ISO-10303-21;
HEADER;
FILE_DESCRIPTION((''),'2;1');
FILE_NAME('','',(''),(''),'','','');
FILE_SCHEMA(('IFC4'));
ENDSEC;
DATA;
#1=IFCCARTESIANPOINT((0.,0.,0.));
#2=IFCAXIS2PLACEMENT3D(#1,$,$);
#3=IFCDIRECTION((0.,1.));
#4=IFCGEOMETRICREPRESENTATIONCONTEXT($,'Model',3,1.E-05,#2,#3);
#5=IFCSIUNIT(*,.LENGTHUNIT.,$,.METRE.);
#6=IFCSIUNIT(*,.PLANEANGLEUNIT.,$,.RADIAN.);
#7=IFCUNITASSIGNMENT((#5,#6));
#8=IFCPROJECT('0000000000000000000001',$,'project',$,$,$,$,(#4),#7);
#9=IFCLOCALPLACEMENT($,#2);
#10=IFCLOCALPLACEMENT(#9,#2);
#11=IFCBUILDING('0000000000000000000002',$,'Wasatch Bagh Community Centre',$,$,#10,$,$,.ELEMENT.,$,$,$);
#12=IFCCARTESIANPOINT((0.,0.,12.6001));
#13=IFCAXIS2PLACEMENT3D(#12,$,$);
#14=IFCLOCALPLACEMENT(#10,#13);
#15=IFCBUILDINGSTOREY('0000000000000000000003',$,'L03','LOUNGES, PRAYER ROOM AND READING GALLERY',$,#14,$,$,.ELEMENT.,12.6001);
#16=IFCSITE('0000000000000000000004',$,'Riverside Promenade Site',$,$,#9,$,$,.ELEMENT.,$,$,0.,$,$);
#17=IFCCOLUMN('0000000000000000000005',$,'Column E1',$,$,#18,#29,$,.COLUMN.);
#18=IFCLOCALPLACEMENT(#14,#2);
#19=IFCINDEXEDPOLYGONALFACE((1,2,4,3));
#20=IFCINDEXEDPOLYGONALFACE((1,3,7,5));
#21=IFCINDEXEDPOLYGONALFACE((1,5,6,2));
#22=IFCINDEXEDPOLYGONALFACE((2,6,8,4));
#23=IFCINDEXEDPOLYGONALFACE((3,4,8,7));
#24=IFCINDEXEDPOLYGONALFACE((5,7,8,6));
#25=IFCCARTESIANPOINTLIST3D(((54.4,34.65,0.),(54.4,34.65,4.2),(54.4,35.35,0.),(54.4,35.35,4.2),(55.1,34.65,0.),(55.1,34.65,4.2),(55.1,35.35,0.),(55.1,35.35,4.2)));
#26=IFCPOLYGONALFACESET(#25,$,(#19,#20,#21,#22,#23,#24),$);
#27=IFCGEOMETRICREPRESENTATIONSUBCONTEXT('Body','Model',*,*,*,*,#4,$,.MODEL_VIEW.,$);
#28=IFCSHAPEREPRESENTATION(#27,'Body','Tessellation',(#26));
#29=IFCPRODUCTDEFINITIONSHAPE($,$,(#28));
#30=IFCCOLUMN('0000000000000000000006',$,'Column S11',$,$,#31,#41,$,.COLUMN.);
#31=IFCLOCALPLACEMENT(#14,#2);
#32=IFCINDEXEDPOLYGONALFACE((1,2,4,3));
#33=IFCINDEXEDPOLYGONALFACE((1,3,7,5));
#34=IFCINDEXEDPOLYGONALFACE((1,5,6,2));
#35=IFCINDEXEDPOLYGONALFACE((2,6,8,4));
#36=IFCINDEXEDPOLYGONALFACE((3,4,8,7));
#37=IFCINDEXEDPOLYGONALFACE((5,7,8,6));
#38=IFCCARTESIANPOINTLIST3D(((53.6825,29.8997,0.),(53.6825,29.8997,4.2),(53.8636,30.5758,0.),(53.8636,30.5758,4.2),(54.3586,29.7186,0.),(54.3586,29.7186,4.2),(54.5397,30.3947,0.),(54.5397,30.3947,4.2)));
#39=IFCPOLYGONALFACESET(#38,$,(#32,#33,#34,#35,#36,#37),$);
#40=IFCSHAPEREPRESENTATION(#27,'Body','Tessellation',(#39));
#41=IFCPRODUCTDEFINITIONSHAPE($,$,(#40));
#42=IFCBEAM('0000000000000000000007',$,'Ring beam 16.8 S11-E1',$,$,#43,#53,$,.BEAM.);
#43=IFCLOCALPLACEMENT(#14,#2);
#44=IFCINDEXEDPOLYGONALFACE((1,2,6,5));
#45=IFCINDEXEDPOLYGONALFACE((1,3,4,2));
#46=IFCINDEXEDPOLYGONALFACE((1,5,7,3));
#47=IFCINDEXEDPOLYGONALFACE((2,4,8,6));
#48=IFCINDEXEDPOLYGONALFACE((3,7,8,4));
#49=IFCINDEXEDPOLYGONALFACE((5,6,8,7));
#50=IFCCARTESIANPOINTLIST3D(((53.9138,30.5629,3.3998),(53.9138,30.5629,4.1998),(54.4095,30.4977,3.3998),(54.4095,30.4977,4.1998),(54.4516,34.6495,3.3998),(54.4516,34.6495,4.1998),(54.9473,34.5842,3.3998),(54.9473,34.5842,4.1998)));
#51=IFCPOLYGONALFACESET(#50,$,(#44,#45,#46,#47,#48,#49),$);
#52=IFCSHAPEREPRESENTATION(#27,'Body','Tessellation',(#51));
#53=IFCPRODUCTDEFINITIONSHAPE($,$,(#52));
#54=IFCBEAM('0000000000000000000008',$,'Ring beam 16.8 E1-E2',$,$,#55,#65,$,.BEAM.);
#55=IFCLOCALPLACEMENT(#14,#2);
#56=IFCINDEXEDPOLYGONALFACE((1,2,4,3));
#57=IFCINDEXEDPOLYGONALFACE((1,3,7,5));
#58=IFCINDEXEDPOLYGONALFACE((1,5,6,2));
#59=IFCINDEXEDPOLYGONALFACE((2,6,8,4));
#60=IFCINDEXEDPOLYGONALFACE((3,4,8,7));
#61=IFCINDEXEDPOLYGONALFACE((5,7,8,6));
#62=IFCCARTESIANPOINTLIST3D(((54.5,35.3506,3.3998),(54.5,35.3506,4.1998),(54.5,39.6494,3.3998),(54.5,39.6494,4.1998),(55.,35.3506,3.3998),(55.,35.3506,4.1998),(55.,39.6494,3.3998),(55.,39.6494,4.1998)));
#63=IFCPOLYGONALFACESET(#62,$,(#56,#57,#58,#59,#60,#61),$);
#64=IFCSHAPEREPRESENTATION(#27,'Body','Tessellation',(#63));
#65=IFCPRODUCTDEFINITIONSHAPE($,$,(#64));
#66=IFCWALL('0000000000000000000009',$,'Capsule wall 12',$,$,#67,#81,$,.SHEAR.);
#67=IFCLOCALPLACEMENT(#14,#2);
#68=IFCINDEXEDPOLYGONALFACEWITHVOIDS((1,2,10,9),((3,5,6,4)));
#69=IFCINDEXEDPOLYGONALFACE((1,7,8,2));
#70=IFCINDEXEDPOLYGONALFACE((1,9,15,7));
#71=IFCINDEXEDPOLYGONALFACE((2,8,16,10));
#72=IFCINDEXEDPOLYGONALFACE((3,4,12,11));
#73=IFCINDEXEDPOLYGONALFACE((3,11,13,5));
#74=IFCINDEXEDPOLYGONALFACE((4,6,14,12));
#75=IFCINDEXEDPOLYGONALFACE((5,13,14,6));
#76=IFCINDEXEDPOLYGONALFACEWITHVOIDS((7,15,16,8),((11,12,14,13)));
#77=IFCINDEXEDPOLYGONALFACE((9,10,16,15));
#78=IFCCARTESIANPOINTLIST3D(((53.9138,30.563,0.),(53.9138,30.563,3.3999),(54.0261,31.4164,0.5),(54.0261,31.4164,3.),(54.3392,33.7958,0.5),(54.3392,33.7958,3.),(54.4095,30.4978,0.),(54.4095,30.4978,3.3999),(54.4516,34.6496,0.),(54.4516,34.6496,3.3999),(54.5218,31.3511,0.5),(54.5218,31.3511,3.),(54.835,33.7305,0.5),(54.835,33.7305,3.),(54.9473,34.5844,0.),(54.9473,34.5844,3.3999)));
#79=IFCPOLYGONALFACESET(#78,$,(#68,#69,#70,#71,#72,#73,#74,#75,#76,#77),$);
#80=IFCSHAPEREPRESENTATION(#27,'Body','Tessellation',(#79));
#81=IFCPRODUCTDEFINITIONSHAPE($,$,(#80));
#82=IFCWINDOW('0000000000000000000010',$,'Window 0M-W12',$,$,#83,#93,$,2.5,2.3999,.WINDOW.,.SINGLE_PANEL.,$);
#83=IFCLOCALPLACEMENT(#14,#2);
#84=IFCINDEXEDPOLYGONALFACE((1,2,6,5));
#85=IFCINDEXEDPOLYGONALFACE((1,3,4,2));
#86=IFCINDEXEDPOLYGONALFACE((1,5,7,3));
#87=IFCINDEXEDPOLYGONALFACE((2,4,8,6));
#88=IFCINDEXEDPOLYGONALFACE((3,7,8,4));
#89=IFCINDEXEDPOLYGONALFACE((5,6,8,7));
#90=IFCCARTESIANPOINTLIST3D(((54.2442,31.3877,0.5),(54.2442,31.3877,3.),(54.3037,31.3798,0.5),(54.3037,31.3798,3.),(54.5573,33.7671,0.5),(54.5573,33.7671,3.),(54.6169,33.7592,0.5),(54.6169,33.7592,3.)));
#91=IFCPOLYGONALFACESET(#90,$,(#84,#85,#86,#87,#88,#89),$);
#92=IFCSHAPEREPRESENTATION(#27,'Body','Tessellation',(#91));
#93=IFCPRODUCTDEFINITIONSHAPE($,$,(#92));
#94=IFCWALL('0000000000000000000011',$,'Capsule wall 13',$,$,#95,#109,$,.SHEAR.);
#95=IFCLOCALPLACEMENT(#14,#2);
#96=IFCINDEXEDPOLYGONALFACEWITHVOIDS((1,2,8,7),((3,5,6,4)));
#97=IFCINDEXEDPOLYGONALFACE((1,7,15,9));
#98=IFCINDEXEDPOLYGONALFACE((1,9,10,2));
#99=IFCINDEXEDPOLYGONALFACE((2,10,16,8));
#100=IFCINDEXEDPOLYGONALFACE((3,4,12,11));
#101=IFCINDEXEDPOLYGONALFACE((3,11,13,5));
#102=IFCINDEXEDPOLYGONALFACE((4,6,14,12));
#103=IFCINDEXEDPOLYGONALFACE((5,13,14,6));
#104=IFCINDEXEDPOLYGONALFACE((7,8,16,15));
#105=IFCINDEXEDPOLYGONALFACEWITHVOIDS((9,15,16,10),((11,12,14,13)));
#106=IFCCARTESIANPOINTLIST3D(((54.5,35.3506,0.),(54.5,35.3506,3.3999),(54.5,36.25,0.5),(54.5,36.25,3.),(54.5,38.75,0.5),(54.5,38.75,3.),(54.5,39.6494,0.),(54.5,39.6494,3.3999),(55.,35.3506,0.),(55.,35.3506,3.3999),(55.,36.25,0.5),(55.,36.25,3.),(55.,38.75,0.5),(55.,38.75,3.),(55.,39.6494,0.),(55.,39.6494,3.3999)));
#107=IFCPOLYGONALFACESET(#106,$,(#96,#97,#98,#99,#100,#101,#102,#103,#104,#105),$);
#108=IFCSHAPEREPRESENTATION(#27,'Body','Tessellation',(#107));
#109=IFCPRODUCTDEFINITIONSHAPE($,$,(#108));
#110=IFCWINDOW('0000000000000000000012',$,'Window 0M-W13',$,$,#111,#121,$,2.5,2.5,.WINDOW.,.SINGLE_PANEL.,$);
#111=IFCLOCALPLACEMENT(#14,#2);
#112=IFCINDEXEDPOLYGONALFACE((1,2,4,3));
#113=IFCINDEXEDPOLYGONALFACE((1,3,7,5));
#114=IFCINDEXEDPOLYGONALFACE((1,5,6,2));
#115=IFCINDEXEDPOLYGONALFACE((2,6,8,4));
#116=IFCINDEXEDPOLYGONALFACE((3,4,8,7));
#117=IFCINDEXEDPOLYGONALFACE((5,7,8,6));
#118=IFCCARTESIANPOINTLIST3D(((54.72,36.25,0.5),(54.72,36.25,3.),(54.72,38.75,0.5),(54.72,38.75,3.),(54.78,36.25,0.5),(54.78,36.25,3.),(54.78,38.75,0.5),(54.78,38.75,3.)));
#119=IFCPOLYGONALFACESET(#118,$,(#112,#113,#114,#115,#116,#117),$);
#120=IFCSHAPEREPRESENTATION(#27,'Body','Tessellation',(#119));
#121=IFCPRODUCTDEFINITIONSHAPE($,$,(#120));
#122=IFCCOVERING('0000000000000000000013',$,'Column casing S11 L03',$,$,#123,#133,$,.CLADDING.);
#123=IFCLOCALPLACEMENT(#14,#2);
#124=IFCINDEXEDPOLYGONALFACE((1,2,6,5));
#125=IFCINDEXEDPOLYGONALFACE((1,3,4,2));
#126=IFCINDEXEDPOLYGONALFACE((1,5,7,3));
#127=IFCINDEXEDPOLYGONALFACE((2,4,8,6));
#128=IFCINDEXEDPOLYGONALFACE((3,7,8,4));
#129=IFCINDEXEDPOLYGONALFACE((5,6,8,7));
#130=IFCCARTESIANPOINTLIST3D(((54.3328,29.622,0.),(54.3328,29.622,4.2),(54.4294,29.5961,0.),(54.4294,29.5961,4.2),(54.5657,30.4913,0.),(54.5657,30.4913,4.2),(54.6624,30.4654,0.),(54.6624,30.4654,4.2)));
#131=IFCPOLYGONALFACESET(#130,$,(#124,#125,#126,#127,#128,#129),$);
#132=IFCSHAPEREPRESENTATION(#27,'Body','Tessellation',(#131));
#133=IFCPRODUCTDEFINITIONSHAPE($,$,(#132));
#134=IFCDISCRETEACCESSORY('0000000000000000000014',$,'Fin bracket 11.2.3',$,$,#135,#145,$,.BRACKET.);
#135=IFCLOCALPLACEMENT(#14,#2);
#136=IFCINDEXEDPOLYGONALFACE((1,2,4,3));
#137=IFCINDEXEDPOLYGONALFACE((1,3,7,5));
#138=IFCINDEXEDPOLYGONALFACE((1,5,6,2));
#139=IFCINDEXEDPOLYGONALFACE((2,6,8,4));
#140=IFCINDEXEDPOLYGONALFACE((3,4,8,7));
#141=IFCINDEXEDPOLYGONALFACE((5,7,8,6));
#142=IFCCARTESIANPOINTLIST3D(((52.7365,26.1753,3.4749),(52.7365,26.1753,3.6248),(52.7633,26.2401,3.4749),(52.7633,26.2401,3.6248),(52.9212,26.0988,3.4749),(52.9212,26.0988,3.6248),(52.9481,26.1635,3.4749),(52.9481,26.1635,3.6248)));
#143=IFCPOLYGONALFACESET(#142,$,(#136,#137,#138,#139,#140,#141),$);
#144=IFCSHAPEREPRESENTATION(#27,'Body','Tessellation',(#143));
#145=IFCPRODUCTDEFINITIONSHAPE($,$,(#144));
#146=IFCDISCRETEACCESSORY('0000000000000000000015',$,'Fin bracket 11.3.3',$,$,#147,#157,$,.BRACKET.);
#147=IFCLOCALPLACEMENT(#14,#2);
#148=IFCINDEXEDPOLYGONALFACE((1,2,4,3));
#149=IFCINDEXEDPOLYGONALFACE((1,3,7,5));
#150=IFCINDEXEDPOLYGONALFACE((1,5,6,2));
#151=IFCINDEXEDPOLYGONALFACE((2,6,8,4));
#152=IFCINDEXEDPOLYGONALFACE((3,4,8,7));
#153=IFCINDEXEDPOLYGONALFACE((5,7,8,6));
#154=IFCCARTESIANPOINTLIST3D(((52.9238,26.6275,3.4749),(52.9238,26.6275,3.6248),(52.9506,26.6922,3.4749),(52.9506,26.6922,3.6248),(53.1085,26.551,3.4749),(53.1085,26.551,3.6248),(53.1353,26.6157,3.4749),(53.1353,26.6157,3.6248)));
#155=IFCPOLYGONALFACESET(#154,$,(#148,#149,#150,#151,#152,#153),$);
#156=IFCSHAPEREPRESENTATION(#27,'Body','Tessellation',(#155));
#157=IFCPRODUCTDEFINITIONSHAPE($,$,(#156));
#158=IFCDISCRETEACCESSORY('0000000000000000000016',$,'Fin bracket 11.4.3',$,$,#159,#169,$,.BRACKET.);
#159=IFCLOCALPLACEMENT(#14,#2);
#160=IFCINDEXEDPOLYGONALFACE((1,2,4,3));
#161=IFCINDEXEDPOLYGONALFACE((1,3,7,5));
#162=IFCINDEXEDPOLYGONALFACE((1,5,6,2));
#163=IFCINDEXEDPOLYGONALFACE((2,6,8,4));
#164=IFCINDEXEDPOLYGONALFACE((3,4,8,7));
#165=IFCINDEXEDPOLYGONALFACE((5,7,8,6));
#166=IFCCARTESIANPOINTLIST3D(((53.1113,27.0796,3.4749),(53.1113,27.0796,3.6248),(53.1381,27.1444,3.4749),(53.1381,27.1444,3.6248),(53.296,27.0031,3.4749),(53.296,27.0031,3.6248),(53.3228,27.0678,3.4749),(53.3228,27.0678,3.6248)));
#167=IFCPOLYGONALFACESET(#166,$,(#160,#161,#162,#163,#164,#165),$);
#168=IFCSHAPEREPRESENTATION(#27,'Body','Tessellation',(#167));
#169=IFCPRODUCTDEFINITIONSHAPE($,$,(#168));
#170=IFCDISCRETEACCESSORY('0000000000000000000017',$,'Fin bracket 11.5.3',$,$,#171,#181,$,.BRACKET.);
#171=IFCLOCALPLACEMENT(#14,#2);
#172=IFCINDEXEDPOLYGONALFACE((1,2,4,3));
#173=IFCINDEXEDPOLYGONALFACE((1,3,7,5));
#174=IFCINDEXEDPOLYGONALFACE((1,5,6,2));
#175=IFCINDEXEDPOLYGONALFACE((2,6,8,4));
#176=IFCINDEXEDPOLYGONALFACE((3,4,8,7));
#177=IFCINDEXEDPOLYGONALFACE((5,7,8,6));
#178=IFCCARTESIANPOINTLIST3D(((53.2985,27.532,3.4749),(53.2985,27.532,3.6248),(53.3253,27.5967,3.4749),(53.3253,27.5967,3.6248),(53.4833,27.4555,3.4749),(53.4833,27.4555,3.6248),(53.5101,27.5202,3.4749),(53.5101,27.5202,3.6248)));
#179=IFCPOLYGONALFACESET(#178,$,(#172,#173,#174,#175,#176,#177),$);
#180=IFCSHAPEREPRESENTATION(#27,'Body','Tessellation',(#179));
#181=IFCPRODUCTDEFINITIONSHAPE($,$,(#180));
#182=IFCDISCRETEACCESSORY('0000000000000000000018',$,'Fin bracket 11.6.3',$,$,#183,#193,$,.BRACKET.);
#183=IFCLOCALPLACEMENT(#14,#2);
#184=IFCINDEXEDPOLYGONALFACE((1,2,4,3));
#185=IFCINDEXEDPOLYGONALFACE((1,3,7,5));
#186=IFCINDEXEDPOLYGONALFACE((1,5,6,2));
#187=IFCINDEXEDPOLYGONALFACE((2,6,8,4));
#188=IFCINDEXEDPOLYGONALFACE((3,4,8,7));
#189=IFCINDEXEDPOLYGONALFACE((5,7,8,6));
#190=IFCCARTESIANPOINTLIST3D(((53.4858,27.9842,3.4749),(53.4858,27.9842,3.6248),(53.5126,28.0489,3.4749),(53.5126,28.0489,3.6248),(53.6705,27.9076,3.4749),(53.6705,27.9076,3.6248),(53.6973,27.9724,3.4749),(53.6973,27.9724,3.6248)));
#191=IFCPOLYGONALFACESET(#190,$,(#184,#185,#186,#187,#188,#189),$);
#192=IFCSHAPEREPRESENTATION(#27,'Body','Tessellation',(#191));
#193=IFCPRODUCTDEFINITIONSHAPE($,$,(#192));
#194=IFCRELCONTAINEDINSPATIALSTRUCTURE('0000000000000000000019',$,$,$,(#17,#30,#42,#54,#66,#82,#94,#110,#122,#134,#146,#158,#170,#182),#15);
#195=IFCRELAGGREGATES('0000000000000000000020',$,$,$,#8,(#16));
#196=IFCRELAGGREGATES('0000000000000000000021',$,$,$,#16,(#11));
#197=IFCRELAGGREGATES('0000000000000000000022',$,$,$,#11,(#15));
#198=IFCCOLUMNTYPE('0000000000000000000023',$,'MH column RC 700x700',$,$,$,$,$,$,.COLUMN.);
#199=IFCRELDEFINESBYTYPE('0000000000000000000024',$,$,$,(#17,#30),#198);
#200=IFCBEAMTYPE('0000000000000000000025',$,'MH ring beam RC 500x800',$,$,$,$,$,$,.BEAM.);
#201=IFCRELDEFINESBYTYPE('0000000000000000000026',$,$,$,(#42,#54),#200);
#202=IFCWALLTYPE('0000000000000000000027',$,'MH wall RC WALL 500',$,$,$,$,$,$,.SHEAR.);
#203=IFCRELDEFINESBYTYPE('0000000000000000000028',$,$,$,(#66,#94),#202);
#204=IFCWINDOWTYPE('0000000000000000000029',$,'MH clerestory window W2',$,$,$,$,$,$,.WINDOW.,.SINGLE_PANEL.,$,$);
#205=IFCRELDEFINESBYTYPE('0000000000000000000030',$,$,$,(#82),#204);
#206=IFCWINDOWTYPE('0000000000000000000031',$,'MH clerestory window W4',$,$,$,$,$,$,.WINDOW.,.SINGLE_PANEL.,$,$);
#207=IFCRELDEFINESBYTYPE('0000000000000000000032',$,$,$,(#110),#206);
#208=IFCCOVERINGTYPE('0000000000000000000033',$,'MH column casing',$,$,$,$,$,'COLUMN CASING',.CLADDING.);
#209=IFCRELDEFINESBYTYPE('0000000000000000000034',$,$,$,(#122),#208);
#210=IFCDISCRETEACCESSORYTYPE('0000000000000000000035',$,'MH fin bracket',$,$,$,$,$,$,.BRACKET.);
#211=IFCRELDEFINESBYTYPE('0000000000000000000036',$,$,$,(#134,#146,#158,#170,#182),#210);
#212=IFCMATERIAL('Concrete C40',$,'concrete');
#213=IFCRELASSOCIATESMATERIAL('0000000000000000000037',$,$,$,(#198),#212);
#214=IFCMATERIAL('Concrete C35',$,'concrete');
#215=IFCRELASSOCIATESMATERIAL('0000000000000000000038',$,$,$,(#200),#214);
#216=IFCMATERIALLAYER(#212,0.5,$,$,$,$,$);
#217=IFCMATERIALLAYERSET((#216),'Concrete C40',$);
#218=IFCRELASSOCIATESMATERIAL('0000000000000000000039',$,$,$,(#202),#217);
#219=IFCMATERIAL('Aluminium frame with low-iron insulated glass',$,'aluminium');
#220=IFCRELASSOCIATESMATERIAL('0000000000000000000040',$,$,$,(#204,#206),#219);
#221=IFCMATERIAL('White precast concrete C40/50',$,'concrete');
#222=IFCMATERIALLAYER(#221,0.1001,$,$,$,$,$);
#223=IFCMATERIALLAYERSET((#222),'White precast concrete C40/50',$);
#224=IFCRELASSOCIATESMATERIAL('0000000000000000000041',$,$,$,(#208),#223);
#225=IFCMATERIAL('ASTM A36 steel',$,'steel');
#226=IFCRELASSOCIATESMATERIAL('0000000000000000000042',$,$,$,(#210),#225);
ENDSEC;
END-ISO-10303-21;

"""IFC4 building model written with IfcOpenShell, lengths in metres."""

from ifc_helpers import new_model, si_unit, direction, frame, frame_2d, origin, origin_2d, place, context, subcontext, project, spatial, rectangle, extrude, material, layer, layer_set, material_profile, profile_set, type_object, element, fill, save


model = new_model("IFC4")

# Units and contexts
model_context = context("Model", 3, precision=1e-05, world=origin(), true_north=direction((0.0, 1.0)))
body_context = subcontext(model_context, "Body", "Model", "MODEL_VIEW")
ifc_project = project(units=[si_unit("LENGTHUNIT", "METRE"), si_unit("PLANEANGLEUNIT", "RADIAN")], contexts=[model_context])

# Site, building, storey
site_placement = place(None, origin())
site = spatial("IfcSite", under=ifc_project, at=site_placement, Name="Riverside Promenade Site", CompositionType="ELEMENT", RefElevation=0.0)
building_placement = place(site_placement, origin())
building = spatial("IfcBuilding", under=site, at=building_placement, Name="Wasatch Bagh Community Centre", CompositionType="ELEMENT")
storey_placement = place(building_placement, frame((0.0, 0.0, 12.6001)))
storey = spatial("IfcBuildingStorey", under=building, at=storey_placement, Name="L03", Description="LOUNGES, PRAYER ROOM AND READING GALLERY", CompositionType="ELEMENT", Elevation=12.6001)

# Columns
ifc_material_1 = material(Name="Concrete C40", Category="concrete")
ifc_material_profile_1 = material_profile(ifc_material_1, rectangle(XDim=0.7, YDim=0.7, at=origin_2d()), Name="RC 700x700")
ifc_profile_set_1 = profile_set([ifc_material_profile_1], Name="Concrete C40")
column_type = type_object("IfcColumnType", Name="MH column RC 700x700", PredefinedType="COLUMN", material=ifc_profile_set_1)
for number, where, z_axis, x_axis, name in (
    (1, (54.75, 35.0, 0.0), (0.0, 0.0, 1.0), (1.0, 0.0, 0.0), "Column E1"),
    (2, (54.1111, 30.1472, 0.0), (0.0, 0.0, 1.0), (0.258819, 0.965926, 0.0), "Column S11"),
):
    element("IfcColumn", number, at=place(storey_placement, frame(where, z_axis=z_axis, x_axis=x_axis)), inside=storey, type_object=column_type, Name=name, PredefinedType="COLUMN", context=body_context, shape_type="SweptSolid", body=[
        extrude(rectangle(XDim=0.7, YDim=0.7, at=origin_2d()), origin(), (0.0, 0.0, 1.0), 4.2),
    ])

# Beams
ifc_material_2 = material(Name="Concrete C35", Category="concrete")
ifc_material_profile_2 = material_profile(ifc_material_2, rectangle(XDim=0.5, YDim=0.8, at=origin_2d()), Name="RC 500x800")
ifc_profile_set_2 = profile_set([ifc_material_profile_2], Name="Concrete C35")
beam_type = type_object("IfcBeamType", Name="MH ring beam RC 500x800", PredefinedType="BEAM", material=ifc_profile_set_2)
beam_1_placement = place(storey_placement, frame((54.1616, 30.5303, 3.7998), z_axis=(0.130484, 0.99145, 0.0), x_axis=(-0.99145, 0.130484, 0.0)))
element("IfcBeam", 3, at=beam_1_placement, inside=storey, type_object=beam_type, Name="Ring beam 16.8 S11-E1", PredefinedType="BEAM", context=body_context, shape_type="SweptSolid", body=[
    extrude(rectangle(XDim=0.5, YDim=0.8, at=origin_2d()), origin(), (0.0, 0.0, 1.0), 4.1218),
])
beam_2_placement = place(storey_placement, frame((54.75, 35.3506, 3.7998), z_axis=(0.0, 1.0, 0.0), x_axis=(-1.0, 0.0, 0.0)))
element("IfcBeam", 4, at=beam_2_placement, inside=storey, type_object=beam_type, Name="Ring beam 16.8 E1-E2", PredefinedType="BEAM", context=body_context, shape_type="SweptSolid", body=[
    extrude(rectangle(XDim=0.5, YDim=0.8, at=origin_2d()), origin(), (0.0, 0.0, 1.0), 4.2988),
])

# Walls, openings, windows
ifc_layer_1 = layer(ifc_material_1, 0.5)
ifc_layer_set_1 = layer_set([ifc_layer_1], Name="Concrete C40")
wall_type = type_object("IfcWallType", Name="MH wall RC WALL 500", PredefinedType="SHEAR", material=ifc_layer_set_1)
wall_1_placement = place(storey_placement, frame((54.1616, 30.5303, 0.0), z_axis=(0.0, 0.0, 1.0), x_axis=(0.130484, 0.99145, 0.0)))
wall_1 = element("IfcWall", 5, at=wall_1_placement, inside=storey, type_object=wall_type, Name="Capsule wall 12", PredefinedType="SHEAR", context=body_context, shape_type="SweptSolid", body=[
    extrude(rectangle(XDim=4.1218, YDim=0.5, at=frame_2d((2.061, 0.0))), origin(), (0.0, 0.0, 1.0), 3.3999),
])
opening_1_placement = place(wall_1_placement, frame((0.8608, 0.0, 0.5)))
opening_1 = element("IfcOpeningElement", 6, at=opening_1_placement, cuts=wall_1, PredefinedType="OPENING", context=body_context, shape_type="SweptSolid", body=[
    extrude(rectangle(XDim=2.3999, YDim=2.5, at=frame_2d((1.2, 1.25))), frame((0.0, 0.26, 0.0), z_axis=(0.0, -1.0, 0.0), x_axis=(1.0, 0.0, 0.0)), (0.0, 0.0, 1.0), 0.52),
])
ifc_material_3 = material(Name="Aluminium frame with low-iron insulated glass", Category="aluminium")
window_type_1 = type_object("IfcWindowType", Name="MH clerestory window W2", PartitioningType="SINGLE_PANEL", PredefinedType="WINDOW", material=ifc_material_3)
window_1_placement = place(opening_1_placement, origin())
window_1 = element("IfcWindow", 7, at=window_1_placement, inside=storey, type_object=window_type_1, Name="Window 0M-W12", OverallHeight=2.5, OverallWidth=2.3999, PartitioningType="SINGLE_PANEL", PredefinedType="WINDOW", context=body_context, shape_type="SweptSolid", body=[
    extrude(rectangle(XDim=2.3999, YDim=2.5, at=frame_2d((1.2, 1.25))), frame((0.0, 0.03, 0.0), z_axis=(0.0, -1.0, 0.0), x_axis=(1.0, 0.0, 0.0)), (0.0, 0.0, 1.0), 0.0601),
])
fill(opening_1, window_1)
wall_2_placement = place(storey_placement, frame((54.75, 35.3506, 0.0), z_axis=(0.0, 0.0, 1.0), x_axis=(0.0, 1.0, 0.0)))
wall_2 = element("IfcWall", 8, at=wall_2_placement, inside=storey, type_object=wall_type, Name="Capsule wall 13", PredefinedType="SHEAR", context=body_context, shape_type="SweptSolid", body=[
    extrude(rectangle(XDim=4.2988, YDim=0.5, at=frame_2d((2.1494, 0.0))), origin(), (0.0, 0.0, 1.0), 3.3999),
])
opening_2_placement = place(wall_2_placement, frame((0.8994, 0.0, 0.5)))
opening_2 = element("IfcOpeningElement", 9, at=opening_2_placement, cuts=wall_2, PredefinedType="OPENING", context=body_context, shape_type="SweptSolid", body=[
    extrude(rectangle(XDim=2.5, YDim=2.5, at=frame_2d((1.25, 1.25))), frame((0.0, 0.26, 0.0), z_axis=(0.0, -1.0, 0.0), x_axis=(1.0, 0.0, 0.0)), (0.0, 0.0, 1.0), 0.52),
])
window_type_2 = type_object("IfcWindowType", Name="MH clerestory window W4", PartitioningType="SINGLE_PANEL", PredefinedType="WINDOW", material=ifc_material_3)
window_2_placement = place(opening_2_placement, origin())
window_2 = element("IfcWindow", 10, at=window_2_placement, inside=storey, type_object=window_type_2, Name="Window 0M-W13", OverallHeight=2.5, OverallWidth=2.5, PartitioningType="SINGLE_PANEL", PredefinedType="WINDOW", context=body_context, shape_type="SweptSolid", body=[
    extrude(rectangle(XDim=2.5, YDim=2.5, at=frame_2d((1.25, 1.25))), frame((0.0, 0.03, 0.0), z_axis=(0.0, -1.0, 0.0), x_axis=(1.0, 0.0, 0.0)), (0.0, 0.0, 1.0), 0.0601),
])
fill(opening_2, window_2)

# Covering
ifc_material_4 = material(Name="White precast concrete C40/50", Category="concrete")
ifc_layer_2 = layer(ifc_material_4, 0.1001)
ifc_layer_set_2 = layer_set([ifc_layer_2], Name="White precast concrete C40/50")
covering_type = type_object("IfcCoveringType", Name="MH column casing", ElementType="COLUMN CASING", PredefinedType="CLADDING", material=ifc_layer_set_2)
covering_placement = place(storey_placement, frame((54.4976, 30.0437, 0.0), z_axis=(0.0, 0.0, 1.0), x_axis=(0.258819, 0.965926, 0.0)))
element("IfcCovering", 11, at=covering_placement, inside=storey, type_object=covering_type, Name="Column casing S11 L03", PredefinedType="CLADDING", context=body_context, shape_type="SweptSolid", body=[
    extrude(rectangle(XDim=0.8999, YDim=0.1001, at=origin_2d()), origin(), (0.0, 0.0, 1.0), 4.2),
])

# Discrete accessories
ifc_material_5 = material(Name="ASTM A36 steel", Category="steel")
discrete_accessory_type = type_object("IfcDiscreteAccessoryType", Name="MH fin bracket", PredefinedType="BRACKET", material=ifc_material_5)
for number, where, z_axis, x_axis, name in (
    (12, (52.8423, 26.1694, 3.4749), (0.0, 0.0, 1.0), (0.382683, 0.92388, 0.0), "Fin bracket 11.2.3"),
    (13, (53.0295, 26.6216, 3.4749), (0.0, 0.0, 1.0), (0.382683, 0.92388, 0.0), "Fin bracket 11.3.3"),
    (14, (53.217, 27.0737, 3.4749), (0.0, 0.0, 1.0), (0.382683, 0.92388, 0.0), "Fin bracket 11.4.3"),
    (15, (53.4043, 27.5261, 3.4749), (0.0, 0.0, 1.0), (0.382683, 0.92388, 0.0), "Fin bracket 11.5.3"),
    (16, (53.5916, 27.9783, 3.4749), (0.0, 0.0, 1.0), (0.382683, 0.92388, 0.0), "Fin bracket 11.6.3"),
):
    element("IfcDiscreteAccessory", number, at=place(storey_placement, frame(where, z_axis=z_axis, x_axis=x_axis)), inside=storey, type_object=discrete_accessory_type, Name=name, PredefinedType="BRACKET", context=body_context, shape_type="SweptSolid", body=[
        extrude(rectangle(XDim=0.0701, YDim=0.2, at=origin_2d()), origin(), (0.0, 0.0, 1.0), 0.1499),
    ])

save(model, "model.ifc")
